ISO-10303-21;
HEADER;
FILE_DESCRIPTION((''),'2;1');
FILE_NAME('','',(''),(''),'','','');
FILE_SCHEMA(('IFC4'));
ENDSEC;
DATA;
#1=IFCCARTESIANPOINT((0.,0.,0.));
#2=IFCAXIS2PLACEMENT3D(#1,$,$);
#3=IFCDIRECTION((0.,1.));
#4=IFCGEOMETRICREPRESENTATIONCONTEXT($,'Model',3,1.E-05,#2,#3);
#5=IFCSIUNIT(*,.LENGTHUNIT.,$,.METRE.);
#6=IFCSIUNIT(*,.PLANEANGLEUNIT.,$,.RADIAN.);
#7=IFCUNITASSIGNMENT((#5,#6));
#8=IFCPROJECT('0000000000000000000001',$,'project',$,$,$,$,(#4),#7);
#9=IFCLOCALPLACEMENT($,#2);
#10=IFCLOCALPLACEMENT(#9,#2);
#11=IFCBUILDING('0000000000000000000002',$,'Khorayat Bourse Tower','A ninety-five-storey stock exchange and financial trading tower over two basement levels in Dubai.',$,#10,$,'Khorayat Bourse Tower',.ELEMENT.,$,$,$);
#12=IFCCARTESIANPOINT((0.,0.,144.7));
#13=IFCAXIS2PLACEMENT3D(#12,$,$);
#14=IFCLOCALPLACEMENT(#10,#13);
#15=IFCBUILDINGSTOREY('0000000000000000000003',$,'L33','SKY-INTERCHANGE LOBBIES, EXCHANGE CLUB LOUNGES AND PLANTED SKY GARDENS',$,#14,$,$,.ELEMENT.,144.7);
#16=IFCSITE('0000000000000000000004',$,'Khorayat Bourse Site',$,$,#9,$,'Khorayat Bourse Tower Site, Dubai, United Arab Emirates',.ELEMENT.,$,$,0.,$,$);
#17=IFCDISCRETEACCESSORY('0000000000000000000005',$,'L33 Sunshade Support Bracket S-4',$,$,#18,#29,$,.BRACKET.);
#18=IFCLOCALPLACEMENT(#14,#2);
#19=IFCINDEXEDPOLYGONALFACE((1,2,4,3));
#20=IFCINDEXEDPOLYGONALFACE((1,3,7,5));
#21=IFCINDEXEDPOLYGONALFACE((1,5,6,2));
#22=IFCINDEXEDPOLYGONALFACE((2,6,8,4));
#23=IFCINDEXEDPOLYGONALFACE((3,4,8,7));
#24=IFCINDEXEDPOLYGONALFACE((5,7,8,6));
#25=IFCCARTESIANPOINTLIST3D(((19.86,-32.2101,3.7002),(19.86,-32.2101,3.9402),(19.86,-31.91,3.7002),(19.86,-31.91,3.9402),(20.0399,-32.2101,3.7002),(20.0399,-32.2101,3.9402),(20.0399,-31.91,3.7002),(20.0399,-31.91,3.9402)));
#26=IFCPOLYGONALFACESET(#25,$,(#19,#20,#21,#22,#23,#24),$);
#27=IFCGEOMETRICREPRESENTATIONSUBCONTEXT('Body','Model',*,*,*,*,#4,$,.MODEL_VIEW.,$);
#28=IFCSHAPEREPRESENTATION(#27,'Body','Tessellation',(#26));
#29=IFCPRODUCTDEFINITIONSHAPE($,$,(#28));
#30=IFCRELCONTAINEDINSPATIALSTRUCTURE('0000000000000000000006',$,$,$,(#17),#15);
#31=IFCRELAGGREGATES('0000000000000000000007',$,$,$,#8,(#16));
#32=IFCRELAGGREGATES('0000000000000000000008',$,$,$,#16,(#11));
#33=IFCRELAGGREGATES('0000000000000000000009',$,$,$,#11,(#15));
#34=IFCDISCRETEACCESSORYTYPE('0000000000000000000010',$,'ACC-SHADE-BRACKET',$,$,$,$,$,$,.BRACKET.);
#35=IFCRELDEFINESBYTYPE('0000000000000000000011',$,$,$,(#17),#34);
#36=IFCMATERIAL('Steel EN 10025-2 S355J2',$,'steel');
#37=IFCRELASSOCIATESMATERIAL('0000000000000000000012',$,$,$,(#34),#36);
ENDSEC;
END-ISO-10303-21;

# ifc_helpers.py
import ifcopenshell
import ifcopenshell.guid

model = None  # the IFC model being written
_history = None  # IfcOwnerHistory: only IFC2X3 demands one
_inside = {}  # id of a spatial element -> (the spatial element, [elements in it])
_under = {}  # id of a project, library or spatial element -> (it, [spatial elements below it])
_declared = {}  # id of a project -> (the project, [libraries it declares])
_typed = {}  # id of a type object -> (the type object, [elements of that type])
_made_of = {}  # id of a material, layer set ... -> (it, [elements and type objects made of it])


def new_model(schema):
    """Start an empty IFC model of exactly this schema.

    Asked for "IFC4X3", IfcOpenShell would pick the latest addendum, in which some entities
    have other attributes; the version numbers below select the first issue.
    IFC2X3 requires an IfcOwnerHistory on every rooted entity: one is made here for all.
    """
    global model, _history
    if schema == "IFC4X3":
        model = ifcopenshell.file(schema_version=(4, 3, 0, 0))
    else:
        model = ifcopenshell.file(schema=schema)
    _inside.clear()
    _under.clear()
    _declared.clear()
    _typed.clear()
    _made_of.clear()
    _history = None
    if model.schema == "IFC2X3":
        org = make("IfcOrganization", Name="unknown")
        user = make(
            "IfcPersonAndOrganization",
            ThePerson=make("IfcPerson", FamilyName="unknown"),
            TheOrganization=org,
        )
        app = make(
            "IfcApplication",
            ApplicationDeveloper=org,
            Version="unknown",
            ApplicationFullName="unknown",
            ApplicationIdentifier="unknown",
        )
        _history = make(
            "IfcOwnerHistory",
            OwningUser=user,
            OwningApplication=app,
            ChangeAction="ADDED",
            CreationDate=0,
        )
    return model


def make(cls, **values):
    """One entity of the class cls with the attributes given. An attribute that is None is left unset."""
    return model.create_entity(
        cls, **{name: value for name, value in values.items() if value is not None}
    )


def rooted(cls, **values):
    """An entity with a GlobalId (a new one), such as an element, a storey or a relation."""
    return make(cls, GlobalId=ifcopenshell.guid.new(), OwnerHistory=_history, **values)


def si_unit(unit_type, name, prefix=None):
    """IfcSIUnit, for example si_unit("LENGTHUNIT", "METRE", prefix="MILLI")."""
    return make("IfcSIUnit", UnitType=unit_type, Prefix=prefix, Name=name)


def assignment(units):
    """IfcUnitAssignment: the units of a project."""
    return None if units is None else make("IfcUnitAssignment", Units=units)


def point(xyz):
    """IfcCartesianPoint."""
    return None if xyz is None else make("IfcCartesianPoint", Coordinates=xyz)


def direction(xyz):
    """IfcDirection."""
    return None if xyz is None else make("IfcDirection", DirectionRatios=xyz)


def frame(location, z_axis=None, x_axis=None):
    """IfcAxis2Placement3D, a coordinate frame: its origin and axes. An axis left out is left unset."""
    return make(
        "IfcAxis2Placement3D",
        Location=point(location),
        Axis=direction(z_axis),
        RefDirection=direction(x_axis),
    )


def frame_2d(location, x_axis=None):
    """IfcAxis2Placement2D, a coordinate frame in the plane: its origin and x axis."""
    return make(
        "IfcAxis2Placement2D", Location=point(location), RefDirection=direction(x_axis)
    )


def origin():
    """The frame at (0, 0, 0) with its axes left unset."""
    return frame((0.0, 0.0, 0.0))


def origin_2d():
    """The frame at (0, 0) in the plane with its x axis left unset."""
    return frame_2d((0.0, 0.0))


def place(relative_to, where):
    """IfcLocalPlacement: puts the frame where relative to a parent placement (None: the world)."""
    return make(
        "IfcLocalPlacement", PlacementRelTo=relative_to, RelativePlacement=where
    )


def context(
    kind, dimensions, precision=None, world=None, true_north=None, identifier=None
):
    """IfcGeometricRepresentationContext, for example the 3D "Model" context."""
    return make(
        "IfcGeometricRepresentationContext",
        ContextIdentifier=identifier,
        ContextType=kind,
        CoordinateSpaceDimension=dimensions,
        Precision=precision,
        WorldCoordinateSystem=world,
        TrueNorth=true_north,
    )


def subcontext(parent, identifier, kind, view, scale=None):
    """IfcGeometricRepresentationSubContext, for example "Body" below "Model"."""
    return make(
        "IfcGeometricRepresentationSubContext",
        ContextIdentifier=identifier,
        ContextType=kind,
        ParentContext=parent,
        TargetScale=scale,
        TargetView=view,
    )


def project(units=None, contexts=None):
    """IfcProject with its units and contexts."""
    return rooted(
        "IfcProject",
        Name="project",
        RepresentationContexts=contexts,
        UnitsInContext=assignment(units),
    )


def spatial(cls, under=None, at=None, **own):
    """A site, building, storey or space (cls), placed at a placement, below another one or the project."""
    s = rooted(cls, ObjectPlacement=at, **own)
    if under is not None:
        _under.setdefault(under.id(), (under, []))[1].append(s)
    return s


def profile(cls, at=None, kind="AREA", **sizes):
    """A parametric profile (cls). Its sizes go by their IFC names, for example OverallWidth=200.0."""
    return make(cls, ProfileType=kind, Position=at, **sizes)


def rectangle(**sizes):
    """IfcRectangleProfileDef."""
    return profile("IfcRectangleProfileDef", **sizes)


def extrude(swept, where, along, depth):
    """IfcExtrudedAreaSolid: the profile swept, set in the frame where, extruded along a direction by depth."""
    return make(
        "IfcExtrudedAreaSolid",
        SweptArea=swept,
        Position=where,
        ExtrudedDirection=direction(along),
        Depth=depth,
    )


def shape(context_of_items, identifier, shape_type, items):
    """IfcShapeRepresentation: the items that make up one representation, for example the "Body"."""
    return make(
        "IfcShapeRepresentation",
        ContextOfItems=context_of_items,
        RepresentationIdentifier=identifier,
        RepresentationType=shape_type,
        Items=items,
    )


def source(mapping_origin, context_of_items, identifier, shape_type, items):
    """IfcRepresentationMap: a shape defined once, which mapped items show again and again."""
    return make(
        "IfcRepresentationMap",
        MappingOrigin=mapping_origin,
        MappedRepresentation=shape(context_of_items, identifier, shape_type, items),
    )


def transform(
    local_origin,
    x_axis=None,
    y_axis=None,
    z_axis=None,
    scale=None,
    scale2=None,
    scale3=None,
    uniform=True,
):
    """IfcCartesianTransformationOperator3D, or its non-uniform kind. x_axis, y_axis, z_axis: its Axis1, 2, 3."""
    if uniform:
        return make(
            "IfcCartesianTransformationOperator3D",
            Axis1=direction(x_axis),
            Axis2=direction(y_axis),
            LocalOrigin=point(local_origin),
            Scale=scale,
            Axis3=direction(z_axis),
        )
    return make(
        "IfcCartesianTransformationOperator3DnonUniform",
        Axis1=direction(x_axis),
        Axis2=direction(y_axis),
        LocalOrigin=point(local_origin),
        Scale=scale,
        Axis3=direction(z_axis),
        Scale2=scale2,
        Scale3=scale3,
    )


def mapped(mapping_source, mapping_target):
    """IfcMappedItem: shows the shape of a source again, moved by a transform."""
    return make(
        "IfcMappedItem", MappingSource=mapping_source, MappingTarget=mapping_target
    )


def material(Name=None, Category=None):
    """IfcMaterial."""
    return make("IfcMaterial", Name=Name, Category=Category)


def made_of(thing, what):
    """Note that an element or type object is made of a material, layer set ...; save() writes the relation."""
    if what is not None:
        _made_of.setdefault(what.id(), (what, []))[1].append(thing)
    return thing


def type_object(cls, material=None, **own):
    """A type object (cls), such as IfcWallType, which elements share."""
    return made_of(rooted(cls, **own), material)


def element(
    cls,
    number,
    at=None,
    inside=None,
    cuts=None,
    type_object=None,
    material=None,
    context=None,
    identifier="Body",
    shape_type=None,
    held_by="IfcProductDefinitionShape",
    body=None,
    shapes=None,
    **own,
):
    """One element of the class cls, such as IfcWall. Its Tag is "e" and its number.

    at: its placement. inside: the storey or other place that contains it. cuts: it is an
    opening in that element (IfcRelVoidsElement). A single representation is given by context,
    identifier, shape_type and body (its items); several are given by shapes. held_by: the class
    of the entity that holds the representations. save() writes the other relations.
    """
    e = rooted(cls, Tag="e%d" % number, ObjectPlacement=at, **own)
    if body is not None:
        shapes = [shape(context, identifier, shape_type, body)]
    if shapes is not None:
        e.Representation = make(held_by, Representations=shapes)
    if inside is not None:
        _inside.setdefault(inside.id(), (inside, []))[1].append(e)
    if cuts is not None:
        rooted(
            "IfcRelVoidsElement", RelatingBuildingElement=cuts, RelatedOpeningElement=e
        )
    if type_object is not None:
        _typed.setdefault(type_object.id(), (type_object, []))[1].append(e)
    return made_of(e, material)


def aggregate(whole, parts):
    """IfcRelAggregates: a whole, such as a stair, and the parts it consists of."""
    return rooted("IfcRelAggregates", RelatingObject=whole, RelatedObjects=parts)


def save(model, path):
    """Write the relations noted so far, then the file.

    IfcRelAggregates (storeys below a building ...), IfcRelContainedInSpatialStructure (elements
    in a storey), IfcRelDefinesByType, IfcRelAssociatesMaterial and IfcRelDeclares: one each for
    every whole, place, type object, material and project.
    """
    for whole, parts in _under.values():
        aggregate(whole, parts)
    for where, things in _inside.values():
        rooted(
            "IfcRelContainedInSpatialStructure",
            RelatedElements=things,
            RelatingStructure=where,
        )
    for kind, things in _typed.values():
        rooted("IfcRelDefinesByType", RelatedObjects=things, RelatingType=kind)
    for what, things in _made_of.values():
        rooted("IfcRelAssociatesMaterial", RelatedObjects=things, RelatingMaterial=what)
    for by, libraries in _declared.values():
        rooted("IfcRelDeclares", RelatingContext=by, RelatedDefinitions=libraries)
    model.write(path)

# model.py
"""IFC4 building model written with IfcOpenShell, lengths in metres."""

from ifc_helpers import new_model, si_unit, direction, frame, origin, origin_2d, place, context, subcontext, project, spatial, rectangle, extrude, source, transform, mapped, material, type_object, element, save


model = new_model("IFC4")

# Units and contexts
model_context = context("Model", 3, precision=1e-05, world=origin(), true_north=direction((0.0, 1.0)))
body_context = subcontext(model_context, "Body", "Model", "MODEL_VIEW")
ifc_project = project(units=[si_unit("LENGTHUNIT", "METRE"), si_unit("PLANEANGLEUNIT", "RADIAN")], contexts=[model_context])

# Site, building, storey
site_placement = place(None, origin())
site = spatial("IfcSite", under=ifc_project, at=site_placement, Name="Khorayat Bourse Site", LongName="Khorayat Bourse Tower Site, Dubai, United Arab Emirates", CompositionType="ELEMENT", RefElevation=0.0)
building_placement = place(site_placement, origin())
building = spatial("IfcBuilding", under=site, at=building_placement, Name="Khorayat Bourse Tower", Description="A ninety-five-storey stock exchange and financial trading tower over two basement levels in Dubai.", LongName="Khorayat Bourse Tower", CompositionType="ELEMENT")
storey_placement = place(building_placement, frame((0.0, 0.0, 144.7)))
storey = spatial("IfcBuildingStorey", under=building, at=storey_placement, Name="L33", Description="SKY-INTERCHANGE LOBBIES, EXCHANGE CLUB LOUNGES AND PLANTED SKY GARDENS", CompositionType="ELEMENT", Elevation=144.7)

# Shared definitions
ifc_material_1 = material(Name="Steel EN 10025-2 S355J2", Category="steel")

# Discrete accessory
discrete_accessory_type = type_object("IfcDiscreteAccessoryType", Name="ACC-SHADE-BRACKET", PredefinedType="BRACKET", material=ifc_material_1)
shared_shape_1 = source(origin(), body_context, "Body", "SweptSolid", [
    extrude(rectangle(XDim=0.1799, YDim=0.3, at=origin_2d()), origin(), (0.0, 0.0, 1.0), 0.24),
])
discrete_accessory_placement = place(storey_placement, frame((19.95, -32.0601, 3.7002), z_axis=(0.0, 0.0, 1.0), x_axis=(1.0, 0.0, 0.0)))
element("IfcDiscreteAccessory", 1, at=discrete_accessory_placement, inside=storey, type_object=discrete_accessory_type, Name="L33 Sunshade Support Bracket S-4", PredefinedType="BRACKET", context=body_context, shape_type="MappedRepresentation", body=[
    mapped(shared_shape_1, transform((0.0, 0.0, 0.0), scale=1.0)),
])

save(model, "model.ifc")
